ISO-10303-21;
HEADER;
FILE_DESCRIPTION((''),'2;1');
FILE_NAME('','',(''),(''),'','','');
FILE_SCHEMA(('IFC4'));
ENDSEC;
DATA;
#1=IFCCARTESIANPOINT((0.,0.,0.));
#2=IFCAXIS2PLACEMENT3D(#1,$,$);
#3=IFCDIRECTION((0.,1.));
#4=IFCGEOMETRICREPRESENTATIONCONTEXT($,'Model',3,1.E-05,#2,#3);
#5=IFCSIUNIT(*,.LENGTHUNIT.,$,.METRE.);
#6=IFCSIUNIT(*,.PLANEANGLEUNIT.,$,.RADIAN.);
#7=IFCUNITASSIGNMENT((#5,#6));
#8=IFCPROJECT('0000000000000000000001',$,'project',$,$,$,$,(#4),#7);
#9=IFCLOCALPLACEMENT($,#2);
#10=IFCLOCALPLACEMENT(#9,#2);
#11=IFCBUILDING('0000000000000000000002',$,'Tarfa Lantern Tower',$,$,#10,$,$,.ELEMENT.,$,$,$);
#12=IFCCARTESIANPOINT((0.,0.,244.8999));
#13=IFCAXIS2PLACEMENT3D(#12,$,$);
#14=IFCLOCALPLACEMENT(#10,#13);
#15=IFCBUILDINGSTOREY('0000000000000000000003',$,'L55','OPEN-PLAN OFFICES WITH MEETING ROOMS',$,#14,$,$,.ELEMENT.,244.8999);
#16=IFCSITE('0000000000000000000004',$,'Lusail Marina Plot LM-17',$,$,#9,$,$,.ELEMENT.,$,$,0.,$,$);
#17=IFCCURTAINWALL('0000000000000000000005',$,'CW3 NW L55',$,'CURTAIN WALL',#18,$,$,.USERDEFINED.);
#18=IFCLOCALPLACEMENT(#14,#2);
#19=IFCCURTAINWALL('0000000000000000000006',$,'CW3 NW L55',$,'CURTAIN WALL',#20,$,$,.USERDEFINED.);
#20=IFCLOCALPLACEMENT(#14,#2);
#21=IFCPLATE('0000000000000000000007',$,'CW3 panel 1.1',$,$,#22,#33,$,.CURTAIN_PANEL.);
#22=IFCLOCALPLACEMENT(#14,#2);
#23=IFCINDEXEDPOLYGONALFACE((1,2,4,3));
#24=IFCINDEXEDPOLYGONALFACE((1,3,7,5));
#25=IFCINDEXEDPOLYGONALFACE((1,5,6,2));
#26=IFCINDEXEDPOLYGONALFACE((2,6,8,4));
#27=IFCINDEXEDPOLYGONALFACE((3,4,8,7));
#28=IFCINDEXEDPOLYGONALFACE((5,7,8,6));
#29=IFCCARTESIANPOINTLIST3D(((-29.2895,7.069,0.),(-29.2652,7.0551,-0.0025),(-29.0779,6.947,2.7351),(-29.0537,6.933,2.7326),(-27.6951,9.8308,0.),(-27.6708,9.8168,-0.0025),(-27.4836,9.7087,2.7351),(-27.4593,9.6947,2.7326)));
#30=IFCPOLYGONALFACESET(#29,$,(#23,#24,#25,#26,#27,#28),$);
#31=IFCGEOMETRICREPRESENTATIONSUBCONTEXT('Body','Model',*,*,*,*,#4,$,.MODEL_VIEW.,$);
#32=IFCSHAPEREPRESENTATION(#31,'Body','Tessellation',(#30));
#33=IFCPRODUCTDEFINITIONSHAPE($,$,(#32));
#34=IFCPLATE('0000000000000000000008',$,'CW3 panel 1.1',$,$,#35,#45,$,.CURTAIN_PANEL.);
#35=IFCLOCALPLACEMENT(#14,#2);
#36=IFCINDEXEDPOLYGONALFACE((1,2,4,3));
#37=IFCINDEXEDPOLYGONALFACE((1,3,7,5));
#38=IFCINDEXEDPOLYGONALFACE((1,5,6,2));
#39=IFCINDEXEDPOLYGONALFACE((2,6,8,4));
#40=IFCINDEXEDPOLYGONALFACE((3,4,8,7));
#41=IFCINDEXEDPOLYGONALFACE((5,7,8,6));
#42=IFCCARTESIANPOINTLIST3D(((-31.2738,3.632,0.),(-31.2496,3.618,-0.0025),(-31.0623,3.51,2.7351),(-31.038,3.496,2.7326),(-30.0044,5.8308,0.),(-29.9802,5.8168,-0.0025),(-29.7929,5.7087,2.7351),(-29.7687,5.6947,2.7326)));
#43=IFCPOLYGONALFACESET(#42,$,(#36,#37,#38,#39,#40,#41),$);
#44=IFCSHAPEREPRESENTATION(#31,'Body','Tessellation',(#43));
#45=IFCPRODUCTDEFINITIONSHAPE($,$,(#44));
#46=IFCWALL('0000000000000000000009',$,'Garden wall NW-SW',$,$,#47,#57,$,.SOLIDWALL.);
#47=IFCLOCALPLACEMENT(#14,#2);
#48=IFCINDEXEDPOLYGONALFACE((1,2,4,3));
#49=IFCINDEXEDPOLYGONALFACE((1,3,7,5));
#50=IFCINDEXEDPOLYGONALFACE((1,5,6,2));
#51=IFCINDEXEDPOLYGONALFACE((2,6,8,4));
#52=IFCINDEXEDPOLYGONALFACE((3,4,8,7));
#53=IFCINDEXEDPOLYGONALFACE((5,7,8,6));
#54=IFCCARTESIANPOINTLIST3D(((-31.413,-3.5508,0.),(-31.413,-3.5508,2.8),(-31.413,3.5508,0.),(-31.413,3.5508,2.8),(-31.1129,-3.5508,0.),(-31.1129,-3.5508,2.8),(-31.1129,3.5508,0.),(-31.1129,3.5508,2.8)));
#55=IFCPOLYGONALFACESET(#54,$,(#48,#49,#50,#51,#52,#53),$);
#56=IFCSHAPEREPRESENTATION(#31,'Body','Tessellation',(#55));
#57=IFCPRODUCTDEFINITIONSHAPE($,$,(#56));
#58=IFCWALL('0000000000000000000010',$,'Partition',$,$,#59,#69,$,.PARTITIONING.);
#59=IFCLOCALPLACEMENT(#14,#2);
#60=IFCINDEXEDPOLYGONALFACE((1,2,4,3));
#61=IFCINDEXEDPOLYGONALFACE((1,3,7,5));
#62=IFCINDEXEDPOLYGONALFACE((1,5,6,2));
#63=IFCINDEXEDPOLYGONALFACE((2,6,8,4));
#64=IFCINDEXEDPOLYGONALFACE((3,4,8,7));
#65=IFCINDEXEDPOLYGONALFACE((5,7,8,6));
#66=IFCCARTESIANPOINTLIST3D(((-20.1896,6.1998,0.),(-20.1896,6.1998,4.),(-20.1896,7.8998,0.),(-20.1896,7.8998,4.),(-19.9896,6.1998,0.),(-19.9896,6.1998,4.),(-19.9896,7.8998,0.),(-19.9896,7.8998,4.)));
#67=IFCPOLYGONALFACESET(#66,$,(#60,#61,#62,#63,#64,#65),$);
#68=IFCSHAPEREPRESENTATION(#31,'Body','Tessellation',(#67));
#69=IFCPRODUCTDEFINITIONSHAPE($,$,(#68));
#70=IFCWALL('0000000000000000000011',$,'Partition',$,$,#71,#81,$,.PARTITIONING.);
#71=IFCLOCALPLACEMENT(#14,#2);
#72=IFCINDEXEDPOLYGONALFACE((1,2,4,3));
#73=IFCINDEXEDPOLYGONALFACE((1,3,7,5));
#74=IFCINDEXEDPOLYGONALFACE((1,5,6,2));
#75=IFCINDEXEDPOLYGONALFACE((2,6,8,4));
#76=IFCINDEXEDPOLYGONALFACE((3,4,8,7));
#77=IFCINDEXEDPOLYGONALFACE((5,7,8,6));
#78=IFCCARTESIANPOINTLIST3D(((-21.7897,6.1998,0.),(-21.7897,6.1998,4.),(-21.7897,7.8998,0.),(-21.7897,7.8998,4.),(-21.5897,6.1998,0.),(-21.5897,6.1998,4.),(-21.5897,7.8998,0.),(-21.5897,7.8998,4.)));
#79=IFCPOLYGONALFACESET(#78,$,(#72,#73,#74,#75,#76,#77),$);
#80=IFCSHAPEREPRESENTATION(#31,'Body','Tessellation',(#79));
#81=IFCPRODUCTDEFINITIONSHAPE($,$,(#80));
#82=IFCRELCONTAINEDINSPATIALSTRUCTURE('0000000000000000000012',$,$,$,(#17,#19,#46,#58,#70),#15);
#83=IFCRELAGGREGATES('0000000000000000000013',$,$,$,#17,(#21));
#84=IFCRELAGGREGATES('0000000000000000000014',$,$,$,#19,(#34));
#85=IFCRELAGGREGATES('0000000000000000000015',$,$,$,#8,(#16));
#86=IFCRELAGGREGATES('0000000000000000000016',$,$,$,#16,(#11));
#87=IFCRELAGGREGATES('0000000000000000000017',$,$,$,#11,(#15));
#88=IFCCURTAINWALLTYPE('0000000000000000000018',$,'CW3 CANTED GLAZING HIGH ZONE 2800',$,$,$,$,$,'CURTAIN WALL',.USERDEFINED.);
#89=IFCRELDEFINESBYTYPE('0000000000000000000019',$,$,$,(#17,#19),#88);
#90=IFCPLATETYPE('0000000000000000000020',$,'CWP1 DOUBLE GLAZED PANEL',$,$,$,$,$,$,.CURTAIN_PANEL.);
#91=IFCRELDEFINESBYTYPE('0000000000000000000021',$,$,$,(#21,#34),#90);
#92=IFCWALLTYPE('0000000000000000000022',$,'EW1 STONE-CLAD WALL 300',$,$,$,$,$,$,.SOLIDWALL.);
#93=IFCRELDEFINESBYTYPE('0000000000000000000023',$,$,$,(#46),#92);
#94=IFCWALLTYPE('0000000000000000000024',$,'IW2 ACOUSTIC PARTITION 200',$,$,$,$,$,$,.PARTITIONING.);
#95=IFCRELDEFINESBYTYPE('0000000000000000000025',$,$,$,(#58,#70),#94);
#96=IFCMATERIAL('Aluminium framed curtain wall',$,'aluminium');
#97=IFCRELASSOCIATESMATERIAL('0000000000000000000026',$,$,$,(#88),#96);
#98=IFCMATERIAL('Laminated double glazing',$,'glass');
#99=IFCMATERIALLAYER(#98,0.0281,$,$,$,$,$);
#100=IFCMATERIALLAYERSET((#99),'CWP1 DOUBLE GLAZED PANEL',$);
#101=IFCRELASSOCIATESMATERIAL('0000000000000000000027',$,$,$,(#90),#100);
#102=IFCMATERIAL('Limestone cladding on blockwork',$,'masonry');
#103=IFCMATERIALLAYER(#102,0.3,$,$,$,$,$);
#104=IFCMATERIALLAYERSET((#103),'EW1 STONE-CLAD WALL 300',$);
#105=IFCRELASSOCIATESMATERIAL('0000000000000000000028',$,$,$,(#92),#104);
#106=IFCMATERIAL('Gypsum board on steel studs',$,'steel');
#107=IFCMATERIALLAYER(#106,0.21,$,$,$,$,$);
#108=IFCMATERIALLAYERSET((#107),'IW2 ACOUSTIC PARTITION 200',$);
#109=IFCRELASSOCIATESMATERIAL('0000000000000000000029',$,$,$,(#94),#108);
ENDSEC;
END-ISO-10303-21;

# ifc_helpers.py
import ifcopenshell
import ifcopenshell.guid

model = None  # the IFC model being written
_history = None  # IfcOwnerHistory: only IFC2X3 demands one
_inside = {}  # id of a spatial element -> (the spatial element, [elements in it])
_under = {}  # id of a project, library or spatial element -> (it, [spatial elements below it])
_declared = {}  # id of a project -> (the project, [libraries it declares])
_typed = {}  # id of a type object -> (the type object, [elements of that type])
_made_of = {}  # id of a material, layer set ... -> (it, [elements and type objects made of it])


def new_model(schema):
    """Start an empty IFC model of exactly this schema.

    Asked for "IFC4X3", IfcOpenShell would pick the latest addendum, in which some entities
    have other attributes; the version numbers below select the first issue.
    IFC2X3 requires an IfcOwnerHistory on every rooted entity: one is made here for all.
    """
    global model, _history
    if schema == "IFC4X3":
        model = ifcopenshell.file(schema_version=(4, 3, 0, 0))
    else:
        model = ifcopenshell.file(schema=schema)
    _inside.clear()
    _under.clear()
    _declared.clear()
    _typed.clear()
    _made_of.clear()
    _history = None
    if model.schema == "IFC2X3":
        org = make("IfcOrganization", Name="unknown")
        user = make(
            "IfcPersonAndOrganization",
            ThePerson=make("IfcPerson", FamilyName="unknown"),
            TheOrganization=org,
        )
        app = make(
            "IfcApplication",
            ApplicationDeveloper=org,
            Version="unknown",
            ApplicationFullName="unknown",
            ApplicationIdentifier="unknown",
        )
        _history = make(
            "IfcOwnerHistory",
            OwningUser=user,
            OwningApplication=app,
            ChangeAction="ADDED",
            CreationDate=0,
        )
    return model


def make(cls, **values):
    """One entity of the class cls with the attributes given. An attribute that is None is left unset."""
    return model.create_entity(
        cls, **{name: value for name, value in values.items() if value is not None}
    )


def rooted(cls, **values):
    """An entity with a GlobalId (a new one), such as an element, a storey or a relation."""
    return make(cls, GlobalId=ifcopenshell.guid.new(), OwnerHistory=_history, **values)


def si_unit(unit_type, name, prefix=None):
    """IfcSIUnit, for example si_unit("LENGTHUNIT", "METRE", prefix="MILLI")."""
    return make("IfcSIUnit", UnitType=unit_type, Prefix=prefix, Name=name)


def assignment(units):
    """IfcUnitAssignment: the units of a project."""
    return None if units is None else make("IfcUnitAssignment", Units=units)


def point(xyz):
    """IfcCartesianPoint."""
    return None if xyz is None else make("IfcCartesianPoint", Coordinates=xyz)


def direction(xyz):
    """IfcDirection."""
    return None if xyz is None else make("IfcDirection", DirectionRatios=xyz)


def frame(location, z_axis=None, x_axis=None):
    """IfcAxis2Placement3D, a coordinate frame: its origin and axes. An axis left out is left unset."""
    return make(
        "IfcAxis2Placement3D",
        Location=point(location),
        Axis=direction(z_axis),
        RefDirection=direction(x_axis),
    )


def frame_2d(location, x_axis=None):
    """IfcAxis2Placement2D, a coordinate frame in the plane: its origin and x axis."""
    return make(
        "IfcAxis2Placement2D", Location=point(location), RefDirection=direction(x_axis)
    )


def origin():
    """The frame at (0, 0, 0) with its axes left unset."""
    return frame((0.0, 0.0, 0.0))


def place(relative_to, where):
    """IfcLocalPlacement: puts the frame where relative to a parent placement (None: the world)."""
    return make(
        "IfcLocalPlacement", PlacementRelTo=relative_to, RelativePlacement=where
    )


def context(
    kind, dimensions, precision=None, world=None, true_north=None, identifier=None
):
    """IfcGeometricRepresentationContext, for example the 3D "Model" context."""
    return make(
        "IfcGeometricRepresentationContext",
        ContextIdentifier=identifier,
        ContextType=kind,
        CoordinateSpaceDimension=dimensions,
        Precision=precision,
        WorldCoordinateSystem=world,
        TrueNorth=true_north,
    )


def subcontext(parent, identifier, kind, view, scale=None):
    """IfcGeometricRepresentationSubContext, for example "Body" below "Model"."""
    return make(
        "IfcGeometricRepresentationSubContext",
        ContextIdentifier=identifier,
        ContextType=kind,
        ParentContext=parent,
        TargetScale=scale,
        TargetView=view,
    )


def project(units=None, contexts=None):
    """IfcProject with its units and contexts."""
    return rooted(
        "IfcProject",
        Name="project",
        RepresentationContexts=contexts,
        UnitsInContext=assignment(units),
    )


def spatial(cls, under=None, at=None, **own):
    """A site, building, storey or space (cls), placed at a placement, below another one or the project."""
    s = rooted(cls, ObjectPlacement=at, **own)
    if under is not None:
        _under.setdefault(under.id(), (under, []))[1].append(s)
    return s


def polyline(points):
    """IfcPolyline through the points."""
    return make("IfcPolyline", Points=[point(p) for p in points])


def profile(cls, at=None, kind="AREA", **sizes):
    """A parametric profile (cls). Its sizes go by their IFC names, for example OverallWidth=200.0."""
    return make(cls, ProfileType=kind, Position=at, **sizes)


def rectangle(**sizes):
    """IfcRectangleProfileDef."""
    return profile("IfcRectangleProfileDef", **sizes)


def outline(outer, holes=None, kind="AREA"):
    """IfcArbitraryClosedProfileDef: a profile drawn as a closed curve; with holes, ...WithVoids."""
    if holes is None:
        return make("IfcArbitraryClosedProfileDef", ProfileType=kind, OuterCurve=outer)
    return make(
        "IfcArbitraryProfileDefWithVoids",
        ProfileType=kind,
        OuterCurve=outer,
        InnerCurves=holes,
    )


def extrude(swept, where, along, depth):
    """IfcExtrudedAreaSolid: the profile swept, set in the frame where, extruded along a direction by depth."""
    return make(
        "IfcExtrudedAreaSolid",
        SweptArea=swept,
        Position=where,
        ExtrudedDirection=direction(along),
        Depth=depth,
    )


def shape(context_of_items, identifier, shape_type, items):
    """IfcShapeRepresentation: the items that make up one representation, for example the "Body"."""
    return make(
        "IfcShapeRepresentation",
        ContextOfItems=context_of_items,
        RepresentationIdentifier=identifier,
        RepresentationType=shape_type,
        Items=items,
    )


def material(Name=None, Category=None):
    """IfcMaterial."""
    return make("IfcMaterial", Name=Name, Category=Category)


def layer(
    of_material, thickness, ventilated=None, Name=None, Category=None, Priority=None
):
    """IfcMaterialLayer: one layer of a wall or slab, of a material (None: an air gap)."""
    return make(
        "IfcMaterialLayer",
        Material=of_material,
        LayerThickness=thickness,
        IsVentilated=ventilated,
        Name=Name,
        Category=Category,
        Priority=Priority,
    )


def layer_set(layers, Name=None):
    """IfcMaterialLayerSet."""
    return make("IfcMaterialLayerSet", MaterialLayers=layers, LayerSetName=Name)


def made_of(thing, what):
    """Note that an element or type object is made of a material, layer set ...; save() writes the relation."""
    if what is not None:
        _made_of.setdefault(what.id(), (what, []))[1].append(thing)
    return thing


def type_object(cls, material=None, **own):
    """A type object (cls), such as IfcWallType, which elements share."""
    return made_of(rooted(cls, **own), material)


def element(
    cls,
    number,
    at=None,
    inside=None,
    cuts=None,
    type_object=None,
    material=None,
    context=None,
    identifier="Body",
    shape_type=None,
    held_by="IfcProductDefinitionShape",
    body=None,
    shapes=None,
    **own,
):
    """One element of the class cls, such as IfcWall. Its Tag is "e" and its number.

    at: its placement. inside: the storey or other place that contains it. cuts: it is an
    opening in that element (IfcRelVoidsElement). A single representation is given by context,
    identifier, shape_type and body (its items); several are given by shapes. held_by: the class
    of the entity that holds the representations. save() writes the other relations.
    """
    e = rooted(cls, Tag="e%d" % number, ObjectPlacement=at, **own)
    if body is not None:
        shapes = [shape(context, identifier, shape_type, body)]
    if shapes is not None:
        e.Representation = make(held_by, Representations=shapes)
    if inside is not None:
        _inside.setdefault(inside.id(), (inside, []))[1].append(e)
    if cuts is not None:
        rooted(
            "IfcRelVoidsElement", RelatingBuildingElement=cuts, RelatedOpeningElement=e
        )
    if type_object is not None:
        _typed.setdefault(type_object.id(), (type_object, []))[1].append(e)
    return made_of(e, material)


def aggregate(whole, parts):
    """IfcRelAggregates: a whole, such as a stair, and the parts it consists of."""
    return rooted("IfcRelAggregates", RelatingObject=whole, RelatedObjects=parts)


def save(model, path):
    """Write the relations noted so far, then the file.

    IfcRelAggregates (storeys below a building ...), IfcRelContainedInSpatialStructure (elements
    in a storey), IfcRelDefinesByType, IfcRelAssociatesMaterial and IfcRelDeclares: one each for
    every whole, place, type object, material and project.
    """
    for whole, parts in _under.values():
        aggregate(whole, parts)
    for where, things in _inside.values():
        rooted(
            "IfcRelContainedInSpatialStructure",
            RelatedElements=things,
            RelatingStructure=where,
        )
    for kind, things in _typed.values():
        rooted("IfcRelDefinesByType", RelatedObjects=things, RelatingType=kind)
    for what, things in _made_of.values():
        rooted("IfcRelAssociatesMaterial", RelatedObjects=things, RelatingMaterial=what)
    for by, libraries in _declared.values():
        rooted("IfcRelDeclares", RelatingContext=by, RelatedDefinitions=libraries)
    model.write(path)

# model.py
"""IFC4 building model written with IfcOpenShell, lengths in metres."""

from ifc_helpers import new_model, si_unit, direction, frame, frame_2d, origin, place, context, subcontext, project, spatial, polyline, rectangle, outline, extrude, material, layer, layer_set, type_object, element, aggregate, save


model = new_model("IFC4")

# Units and contexts
model_context = context("Model", 3, precision=1e-05, world=origin(), true_north=direction((0.0, 1.0)))
body_context = subcontext(model_context, "Body", "Model", "MODEL_VIEW")
ifc_project = project(units=[si_unit("LENGTHUNIT", "METRE"), si_unit("PLANEANGLEUNIT", "RADIAN")], contexts=[model_context])

# Site, building, storey
site_placement = place(None, origin())
site = spatial("IfcSite", under=ifc_project, at=site_placement, Name="Lusail Marina Plot LM-17", CompositionType="ELEMENT", RefElevation=0.0)
building_placement = place(site_placement, origin())
building = spatial("IfcBuilding", under=site, at=building_placement, Name="Tarfa Lantern Tower", CompositionType="ELEMENT")
storey_placement = place(building_placement, frame((0.0, 0.0, 244.8999)))
storey = spatial("IfcBuildingStorey", under=building, at=storey_placement, Name="L55", Description="OPEN-PLAN OFFICES WITH MEETING ROOMS", CompositionType="ELEMENT", Elevation=244.8999)

# Shared definitions
ifc_material_1 = material(Name="Aluminium framed curtain wall", Category="aluminium")
curtain_wall_type = type_object("IfcCurtainWallType", Name="CW3 CANTED GLAZING HIGH ZONE 2800", ElementType="CURTAIN WALL", PredefinedType="USERDEFINED", material=ifc_material_1)

# Curtain walls
curtain_wall_1_placement = place(storey_placement, origin())
curtain_wall_1 = element("IfcCurtainWall", 1, at=curtain_wall_1_placement, inside=storey, type_object=curtain_wall_type, Name="CW3 NW L55", ObjectType="CURTAIN WALL", PredefinedType="USERDEFINED")
curtain_wall_2_placement = place(storey_placement, origin())
curtain_wall_2 = element("IfcCurtainWall", 2, at=curtain_wall_2_placement, inside=storey, type_object=curtain_wall_type, Name="CW3 NW L55", ObjectType="CURTAIN WALL", PredefinedType="USERDEFINED")

# Plates
ifc_material_2 = material(Name="Laminated double glazing", Category="glass")
ifc_layer_1 = layer(ifc_material_2, 0.0281)
ifc_layer_set_1 = layer_set([ifc_layer_1], Name="CWP1 DOUBLE GLAZED PANEL")
plate_type = type_object("IfcPlateType", Name="CWP1 DOUBLE GLAZED PANEL", PredefinedType="CURTAIN_PANEL", material=ifc_layer_set_1)
plate_1_placement = place(storey_placement, frame((-27.6951, 9.8308, 0.0), z_axis=(-0.862609, 0.49799, 0.088945), x_axis=(-0.499972, -0.866041, -0.000003)))
plate_1 = element("IfcPlate", 3, at=plate_1_placement, type_object=plate_type, Name="CW3 panel 1.1", PredefinedType="CURTAIN_PANEL", context=body_context, shape_type="SweptSolid", body=[
    extrude(outline(polyline([(0.0, 0.0), (3.189, 0.0), (3.1888, 2.746), (0.0, 2.746), (0.0, 0.0)])), origin(), (0.0, 0.0, -1.0), 0.0281),
])
aggregate(curtain_wall_1, [plate_1])
plate_2_placement = place(storey_placement, frame((-30.0044, 5.8308, 0.0), z_axis=(-0.862598, 0.49801, 0.088945), x_axis=(-0.499992, -0.86603, -0.000004)))
plate_2 = element("IfcPlate", 4, at=plate_2_placement, type_object=plate_type, Name="CW3 panel 1.1", PredefinedType="CURTAIN_PANEL", context=body_context, shape_type="SweptSolid", body=[
    extrude(outline(polyline([(0.0, 0.0), (2.5389, 0.0), (2.5388, 2.746), (0.0, 2.746), (0.0, 0.0)])), origin(), (0.0, 0.0, -1.0), 0.0281),
])
aggregate(curtain_wall_2, [plate_2])

# Walls
ifc_material_3 = material(Name="Limestone cladding on blockwork", Category="masonry")
ifc_layer_2 = layer(ifc_material_3, 0.3)
ifc_layer_set_2 = layer_set([ifc_layer_2], Name="EW1 STONE-CLAD WALL 300")
wall_type_1 = type_object("IfcWallType", Name="EW1 STONE-CLAD WALL 300", PredefinedType="SOLIDWALL", material=ifc_layer_set_2)
wall_placement = place(storey_placement, frame((-31.2629, 3.5508, 0.0), z_axis=(0.0, 0.0, 1.0), x_axis=(0.0, -1.0, 0.0)))
element("IfcWall", 5, at=wall_placement, inside=storey, type_object=wall_type_1, Name="Garden wall NW-SW", PredefinedType="SOLIDWALL", context=body_context, shape_type="SweptSolid", body=[
    extrude(rectangle(XDim=7.1016, YDim=0.3, at=frame_2d((3.5508, 0.0))), origin(), (0.0, 0.0, 1.0), 2.8),
])
ifc_material_4 = material(Name="Gypsum board on steel studs", Category="steel")
ifc_layer_3 = layer(ifc_material_4, 0.21)
ifc_layer_set_3 = layer_set([ifc_layer_3], Name="IW2 ACOUSTIC PARTITION 200")
wall_type_2 = type_object("IfcWallType", Name="IW2 ACOUSTIC PARTITION 200", PredefinedType="PARTITIONING", material=ifc_layer_set_3)
for number, where, z_axis, x_axis, name in (
    (6, (-20.0896, 7.8999, 0.0), (0.0, 0.0, 1.0), (0.0, -1.0, 0.0), "Partition"),
    (7, (-21.6897, 7.8999, 0.0), (0.0, 0.0, 1.0), (0.0, -1.0, 0.0), "Partition"),
):
    element("IfcWall", number, at=place(storey_placement, frame(where, z_axis=z_axis, x_axis=x_axis)), inside=storey, type_object=wall_type_2, Name=name, PredefinedType="PARTITIONING", context=body_context, shape_type="SweptSolid", body=[
        extrude(rectangle(XDim=1.7, YDim=0.2, at=frame_2d((0.8501, 0.0))), origin(), (0.0, 0.0, 1.0), 4.0),
    ])

save(model, "model.ifc")
